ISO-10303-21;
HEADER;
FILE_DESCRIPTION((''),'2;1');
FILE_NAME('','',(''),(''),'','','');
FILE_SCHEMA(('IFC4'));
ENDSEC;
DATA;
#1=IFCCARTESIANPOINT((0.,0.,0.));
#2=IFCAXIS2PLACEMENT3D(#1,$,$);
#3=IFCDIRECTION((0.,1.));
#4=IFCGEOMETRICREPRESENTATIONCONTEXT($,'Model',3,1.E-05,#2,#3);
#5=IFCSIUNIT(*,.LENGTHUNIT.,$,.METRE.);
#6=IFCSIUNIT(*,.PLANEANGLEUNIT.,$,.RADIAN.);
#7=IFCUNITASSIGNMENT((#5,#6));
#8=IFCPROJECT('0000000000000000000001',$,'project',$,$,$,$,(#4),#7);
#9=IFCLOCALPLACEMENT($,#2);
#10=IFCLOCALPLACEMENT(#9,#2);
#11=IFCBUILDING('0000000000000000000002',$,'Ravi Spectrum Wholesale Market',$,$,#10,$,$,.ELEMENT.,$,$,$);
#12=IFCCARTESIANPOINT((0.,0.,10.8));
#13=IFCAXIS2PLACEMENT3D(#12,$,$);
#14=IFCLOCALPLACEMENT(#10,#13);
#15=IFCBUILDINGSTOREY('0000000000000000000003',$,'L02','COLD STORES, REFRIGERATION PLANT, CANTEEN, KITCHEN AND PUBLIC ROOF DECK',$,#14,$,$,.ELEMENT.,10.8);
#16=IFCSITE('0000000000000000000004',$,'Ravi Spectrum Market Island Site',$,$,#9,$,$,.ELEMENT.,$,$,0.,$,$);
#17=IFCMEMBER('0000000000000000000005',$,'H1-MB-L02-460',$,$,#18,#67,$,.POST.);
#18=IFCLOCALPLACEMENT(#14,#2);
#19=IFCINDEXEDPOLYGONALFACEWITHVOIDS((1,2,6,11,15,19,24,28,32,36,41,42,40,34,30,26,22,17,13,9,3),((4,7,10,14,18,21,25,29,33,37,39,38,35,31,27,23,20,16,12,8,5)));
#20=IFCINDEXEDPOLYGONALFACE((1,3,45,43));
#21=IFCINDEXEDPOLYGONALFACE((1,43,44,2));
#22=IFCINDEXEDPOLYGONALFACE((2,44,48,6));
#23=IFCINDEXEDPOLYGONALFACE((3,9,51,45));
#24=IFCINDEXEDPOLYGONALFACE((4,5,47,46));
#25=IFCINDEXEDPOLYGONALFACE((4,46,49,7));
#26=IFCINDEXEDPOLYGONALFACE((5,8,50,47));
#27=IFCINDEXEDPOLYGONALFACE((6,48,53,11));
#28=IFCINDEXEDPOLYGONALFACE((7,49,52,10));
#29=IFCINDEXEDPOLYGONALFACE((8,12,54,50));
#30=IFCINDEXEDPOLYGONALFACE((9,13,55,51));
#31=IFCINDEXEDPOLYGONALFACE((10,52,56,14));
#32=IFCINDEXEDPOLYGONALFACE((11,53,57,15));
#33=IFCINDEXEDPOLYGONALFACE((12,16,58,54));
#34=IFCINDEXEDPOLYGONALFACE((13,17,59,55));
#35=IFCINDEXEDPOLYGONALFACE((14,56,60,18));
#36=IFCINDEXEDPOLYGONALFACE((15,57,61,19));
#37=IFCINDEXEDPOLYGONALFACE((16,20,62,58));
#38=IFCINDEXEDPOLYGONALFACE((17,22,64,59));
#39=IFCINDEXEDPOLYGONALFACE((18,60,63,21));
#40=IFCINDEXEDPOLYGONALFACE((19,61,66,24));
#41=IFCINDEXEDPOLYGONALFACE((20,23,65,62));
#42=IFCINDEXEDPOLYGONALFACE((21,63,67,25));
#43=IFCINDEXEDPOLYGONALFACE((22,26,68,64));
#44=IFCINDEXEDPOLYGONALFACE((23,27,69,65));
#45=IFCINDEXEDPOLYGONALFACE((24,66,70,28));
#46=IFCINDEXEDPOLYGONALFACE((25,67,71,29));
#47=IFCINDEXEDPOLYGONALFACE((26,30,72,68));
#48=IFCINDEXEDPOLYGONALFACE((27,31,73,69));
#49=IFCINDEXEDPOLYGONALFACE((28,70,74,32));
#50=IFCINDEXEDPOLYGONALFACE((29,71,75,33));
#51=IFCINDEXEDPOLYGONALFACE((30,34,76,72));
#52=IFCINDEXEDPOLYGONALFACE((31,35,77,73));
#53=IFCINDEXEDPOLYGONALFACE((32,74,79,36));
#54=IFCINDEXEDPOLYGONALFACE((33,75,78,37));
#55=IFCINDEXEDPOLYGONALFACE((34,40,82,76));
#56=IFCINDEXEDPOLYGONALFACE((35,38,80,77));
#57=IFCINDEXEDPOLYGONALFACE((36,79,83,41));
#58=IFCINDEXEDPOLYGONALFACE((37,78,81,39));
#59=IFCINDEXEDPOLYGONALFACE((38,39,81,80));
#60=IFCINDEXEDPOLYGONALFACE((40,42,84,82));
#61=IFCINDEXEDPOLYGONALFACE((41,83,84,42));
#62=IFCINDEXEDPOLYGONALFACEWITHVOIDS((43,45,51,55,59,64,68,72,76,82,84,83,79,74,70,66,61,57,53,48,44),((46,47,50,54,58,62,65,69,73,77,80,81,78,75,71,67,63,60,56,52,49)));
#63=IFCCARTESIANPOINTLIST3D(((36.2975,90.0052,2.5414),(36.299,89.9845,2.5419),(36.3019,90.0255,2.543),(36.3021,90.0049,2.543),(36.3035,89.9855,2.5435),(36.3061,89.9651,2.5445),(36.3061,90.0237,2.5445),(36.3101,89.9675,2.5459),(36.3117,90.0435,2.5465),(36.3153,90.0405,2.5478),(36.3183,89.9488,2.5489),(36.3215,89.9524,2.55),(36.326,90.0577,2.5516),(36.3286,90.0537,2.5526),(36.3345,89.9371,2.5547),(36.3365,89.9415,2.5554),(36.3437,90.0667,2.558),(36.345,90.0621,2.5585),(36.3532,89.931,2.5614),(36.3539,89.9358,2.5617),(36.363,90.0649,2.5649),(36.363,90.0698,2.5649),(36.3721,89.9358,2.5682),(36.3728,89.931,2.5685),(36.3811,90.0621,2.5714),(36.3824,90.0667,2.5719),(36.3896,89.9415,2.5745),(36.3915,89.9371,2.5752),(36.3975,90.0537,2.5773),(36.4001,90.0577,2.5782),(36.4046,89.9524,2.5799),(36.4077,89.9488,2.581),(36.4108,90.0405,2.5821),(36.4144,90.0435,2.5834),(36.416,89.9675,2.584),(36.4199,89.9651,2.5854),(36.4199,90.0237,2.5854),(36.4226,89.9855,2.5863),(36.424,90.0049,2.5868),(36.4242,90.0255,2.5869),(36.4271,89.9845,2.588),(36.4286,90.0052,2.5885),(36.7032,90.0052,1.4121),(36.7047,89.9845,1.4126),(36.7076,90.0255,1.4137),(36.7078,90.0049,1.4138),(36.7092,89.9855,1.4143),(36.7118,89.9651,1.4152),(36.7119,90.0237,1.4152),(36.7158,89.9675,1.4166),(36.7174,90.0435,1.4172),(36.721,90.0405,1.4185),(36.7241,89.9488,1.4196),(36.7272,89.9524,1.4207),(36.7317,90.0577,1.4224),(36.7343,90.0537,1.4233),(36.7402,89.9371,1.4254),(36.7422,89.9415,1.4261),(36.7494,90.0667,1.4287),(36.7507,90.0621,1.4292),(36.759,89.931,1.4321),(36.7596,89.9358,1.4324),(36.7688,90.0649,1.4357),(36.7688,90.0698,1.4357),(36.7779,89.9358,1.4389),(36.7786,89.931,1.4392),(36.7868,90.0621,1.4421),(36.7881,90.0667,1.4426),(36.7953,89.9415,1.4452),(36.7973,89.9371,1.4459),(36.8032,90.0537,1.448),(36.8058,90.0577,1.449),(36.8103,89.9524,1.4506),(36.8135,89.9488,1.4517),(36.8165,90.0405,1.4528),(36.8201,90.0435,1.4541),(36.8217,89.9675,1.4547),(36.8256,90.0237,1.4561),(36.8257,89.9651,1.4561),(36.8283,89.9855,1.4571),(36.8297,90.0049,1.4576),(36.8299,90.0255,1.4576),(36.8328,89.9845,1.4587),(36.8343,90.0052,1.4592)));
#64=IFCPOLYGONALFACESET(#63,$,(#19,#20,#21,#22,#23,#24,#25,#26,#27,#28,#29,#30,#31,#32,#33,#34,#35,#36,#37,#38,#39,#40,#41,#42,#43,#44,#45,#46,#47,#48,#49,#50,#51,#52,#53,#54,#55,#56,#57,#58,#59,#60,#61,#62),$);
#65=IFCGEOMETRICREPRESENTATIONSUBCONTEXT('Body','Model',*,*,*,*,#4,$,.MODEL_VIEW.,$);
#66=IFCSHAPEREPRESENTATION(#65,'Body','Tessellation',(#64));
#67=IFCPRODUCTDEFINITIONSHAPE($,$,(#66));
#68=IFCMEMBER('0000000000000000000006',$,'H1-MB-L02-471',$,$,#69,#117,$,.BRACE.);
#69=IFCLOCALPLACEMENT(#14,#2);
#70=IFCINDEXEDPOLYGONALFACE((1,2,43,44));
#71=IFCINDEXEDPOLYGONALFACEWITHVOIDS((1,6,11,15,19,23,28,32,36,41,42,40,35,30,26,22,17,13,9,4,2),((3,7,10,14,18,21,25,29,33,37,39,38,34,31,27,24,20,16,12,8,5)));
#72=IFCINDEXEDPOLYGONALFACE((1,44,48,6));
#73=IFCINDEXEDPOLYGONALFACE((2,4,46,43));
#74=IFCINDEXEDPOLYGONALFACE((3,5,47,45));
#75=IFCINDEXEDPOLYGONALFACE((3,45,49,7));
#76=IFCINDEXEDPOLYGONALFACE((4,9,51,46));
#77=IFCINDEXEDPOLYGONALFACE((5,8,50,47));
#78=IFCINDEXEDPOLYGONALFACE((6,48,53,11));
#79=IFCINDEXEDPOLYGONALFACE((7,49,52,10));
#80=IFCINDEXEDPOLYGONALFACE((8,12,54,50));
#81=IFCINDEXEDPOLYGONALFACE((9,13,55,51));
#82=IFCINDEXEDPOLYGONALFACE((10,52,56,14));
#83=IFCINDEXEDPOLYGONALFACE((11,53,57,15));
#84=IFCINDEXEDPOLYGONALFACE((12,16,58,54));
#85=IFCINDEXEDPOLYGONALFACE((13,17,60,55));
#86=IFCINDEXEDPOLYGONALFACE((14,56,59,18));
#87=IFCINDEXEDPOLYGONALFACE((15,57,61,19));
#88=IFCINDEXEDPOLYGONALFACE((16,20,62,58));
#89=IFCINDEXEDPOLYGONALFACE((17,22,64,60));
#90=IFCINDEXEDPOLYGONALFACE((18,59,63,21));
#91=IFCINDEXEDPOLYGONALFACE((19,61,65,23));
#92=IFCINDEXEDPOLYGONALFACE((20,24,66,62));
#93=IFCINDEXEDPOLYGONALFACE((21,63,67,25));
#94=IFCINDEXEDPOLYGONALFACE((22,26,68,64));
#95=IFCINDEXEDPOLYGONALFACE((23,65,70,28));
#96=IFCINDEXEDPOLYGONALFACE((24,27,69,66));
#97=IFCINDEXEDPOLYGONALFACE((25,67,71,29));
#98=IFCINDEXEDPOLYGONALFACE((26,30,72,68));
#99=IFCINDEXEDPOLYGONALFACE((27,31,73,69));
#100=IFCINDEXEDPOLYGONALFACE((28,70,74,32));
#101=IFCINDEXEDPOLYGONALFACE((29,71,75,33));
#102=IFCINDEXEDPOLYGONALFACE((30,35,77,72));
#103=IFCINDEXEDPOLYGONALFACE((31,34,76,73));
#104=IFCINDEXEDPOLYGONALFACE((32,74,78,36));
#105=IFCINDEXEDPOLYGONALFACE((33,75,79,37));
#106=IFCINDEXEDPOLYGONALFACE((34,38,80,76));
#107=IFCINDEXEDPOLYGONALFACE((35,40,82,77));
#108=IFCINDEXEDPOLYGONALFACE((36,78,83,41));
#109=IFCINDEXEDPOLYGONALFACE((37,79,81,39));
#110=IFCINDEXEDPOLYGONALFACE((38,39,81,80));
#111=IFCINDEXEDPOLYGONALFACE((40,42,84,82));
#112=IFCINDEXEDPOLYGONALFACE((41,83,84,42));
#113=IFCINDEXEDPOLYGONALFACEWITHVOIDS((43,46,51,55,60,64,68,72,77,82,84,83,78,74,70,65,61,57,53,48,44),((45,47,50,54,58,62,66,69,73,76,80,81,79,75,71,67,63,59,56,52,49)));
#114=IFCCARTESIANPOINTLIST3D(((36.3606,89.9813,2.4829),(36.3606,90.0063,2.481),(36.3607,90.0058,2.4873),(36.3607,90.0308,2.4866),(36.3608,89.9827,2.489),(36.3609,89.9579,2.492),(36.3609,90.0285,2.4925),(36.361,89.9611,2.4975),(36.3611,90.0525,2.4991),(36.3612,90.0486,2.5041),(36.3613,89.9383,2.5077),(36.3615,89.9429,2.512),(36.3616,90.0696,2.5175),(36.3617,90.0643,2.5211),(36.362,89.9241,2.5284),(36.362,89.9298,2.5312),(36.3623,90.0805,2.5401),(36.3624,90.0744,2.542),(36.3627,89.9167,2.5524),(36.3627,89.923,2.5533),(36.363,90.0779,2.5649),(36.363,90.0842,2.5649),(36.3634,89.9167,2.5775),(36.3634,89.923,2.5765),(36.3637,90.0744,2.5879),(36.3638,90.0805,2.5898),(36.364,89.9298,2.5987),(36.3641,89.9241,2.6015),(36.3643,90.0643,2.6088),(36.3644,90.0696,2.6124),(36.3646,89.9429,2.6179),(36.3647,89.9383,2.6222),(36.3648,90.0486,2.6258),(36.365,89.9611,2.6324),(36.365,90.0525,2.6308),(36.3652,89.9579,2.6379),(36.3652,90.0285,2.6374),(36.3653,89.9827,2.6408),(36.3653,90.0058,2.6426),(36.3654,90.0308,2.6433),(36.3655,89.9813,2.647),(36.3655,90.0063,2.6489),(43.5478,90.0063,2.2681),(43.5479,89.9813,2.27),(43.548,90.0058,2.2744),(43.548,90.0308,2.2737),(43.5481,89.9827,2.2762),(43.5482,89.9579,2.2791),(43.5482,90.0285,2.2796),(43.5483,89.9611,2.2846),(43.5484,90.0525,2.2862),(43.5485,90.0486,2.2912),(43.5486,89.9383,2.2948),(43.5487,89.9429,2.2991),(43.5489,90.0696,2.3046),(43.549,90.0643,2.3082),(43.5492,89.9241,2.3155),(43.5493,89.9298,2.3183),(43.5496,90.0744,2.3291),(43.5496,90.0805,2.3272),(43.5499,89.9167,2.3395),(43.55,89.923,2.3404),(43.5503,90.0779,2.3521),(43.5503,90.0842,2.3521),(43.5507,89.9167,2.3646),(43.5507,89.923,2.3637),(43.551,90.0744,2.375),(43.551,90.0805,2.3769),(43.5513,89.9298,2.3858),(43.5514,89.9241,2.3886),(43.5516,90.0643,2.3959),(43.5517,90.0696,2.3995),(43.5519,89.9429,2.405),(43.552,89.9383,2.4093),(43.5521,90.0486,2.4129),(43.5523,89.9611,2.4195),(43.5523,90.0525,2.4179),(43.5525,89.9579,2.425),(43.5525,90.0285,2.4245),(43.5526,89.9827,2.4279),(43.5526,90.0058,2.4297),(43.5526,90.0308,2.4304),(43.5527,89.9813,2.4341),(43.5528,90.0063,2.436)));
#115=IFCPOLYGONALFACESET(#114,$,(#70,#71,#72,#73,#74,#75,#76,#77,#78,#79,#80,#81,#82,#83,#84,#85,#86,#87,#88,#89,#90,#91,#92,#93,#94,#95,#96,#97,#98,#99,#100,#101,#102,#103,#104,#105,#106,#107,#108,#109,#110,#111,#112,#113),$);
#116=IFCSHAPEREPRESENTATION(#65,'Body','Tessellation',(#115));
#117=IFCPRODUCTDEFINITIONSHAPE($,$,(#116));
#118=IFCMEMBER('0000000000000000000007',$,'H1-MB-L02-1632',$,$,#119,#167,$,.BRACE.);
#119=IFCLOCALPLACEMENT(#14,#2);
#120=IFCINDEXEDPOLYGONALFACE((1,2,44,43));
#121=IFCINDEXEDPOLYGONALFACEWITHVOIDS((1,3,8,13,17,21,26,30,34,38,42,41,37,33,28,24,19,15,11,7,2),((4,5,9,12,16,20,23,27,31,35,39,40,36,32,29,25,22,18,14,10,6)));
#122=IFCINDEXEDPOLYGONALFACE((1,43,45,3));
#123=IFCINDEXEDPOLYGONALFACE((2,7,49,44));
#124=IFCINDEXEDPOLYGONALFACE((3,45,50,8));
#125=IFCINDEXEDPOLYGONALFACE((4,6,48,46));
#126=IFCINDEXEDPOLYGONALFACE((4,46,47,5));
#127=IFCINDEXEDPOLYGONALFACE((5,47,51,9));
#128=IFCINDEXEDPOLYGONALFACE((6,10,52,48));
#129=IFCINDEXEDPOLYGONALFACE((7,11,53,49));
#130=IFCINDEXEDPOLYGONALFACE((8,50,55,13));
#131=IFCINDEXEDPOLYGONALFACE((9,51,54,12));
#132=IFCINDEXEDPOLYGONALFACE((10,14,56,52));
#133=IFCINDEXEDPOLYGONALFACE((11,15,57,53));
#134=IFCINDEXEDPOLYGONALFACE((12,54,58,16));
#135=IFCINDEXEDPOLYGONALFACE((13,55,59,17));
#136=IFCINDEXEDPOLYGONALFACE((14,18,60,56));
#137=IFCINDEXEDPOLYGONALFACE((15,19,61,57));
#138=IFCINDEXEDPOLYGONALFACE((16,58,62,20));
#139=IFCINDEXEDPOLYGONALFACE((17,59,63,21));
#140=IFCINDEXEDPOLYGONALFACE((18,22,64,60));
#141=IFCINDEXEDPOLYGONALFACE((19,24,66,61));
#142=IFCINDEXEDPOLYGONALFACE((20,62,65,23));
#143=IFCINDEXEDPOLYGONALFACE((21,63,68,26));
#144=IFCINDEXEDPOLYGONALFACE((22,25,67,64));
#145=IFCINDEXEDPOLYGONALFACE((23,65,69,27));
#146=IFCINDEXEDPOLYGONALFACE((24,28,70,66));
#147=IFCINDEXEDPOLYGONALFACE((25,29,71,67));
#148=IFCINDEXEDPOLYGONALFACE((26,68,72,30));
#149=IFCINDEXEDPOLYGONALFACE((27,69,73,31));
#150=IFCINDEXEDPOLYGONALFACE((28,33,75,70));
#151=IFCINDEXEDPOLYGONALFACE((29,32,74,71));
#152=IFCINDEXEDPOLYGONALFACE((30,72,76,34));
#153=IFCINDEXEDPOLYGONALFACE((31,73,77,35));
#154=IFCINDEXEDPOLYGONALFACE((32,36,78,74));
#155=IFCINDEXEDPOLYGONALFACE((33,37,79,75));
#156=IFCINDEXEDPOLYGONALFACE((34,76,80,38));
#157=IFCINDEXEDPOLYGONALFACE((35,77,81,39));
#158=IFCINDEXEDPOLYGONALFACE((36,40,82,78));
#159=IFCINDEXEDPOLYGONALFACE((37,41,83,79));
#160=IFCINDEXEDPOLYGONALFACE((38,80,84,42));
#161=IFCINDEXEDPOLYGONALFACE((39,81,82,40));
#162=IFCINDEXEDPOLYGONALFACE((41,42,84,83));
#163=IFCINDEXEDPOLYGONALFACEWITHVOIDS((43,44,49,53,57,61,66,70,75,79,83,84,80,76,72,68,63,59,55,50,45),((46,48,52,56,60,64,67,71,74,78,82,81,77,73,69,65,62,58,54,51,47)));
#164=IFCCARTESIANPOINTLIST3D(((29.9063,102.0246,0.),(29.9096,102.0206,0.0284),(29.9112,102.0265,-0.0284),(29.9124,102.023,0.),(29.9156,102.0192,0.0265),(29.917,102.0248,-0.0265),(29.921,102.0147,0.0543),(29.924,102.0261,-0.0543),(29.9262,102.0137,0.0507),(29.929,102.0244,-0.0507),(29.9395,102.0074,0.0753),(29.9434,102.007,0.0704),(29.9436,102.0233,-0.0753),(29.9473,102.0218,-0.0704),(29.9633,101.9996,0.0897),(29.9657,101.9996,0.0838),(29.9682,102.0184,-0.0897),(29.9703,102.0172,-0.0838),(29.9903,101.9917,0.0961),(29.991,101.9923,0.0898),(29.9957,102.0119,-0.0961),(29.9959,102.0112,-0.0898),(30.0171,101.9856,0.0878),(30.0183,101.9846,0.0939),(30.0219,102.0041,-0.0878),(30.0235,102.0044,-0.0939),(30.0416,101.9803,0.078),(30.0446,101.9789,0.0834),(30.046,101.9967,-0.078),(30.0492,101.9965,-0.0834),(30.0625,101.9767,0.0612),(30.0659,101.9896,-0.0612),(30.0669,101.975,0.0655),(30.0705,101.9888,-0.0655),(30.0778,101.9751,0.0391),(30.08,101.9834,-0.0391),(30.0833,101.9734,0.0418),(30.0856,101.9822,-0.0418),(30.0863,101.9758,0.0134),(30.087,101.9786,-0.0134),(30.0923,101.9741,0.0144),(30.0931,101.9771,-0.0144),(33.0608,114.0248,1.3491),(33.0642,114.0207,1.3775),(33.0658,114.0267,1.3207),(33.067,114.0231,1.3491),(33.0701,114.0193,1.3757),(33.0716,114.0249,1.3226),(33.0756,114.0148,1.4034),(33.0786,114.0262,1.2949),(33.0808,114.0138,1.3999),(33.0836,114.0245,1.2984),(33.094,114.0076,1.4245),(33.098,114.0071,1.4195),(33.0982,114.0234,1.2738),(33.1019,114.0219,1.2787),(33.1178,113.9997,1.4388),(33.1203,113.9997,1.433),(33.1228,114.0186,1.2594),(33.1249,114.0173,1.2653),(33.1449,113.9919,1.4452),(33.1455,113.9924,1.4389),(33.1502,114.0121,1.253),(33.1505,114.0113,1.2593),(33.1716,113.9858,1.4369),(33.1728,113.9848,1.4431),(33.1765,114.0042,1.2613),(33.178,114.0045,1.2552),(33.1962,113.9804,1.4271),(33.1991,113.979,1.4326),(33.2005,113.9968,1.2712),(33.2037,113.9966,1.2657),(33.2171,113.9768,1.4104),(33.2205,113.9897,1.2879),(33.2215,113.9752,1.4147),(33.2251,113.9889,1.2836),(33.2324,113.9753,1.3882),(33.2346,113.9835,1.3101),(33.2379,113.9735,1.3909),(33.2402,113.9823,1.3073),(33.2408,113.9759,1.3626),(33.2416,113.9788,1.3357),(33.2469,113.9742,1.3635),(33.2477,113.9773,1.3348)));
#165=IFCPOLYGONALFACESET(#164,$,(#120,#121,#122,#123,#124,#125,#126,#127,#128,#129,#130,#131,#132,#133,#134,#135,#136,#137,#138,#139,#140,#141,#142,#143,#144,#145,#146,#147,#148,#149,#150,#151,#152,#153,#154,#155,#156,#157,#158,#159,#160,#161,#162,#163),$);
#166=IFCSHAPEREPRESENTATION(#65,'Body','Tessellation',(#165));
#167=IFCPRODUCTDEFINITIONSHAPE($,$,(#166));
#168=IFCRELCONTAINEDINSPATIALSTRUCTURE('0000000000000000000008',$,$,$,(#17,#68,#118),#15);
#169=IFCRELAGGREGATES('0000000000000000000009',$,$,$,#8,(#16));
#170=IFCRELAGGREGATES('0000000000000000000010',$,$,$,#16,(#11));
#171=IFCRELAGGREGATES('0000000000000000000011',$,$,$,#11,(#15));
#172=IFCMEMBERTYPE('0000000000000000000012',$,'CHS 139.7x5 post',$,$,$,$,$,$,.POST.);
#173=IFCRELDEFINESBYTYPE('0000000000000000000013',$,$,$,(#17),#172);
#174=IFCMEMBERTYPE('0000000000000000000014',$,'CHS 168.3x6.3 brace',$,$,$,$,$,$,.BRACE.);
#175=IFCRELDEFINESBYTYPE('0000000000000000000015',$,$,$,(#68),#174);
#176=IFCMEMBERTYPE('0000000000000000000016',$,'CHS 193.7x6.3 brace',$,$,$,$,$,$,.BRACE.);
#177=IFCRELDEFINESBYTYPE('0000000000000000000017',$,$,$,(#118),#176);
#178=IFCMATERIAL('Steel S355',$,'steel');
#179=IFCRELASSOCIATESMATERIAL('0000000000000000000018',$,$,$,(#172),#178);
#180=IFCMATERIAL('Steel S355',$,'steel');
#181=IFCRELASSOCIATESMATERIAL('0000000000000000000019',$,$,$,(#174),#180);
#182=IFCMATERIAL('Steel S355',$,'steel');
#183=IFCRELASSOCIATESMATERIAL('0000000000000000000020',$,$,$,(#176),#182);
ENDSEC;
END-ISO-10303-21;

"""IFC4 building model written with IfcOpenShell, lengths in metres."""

from ifc_helpers import new_model, si_unit, direction, frame, origin, origin_2d, place, context, subcontext, project, spatial, hollow_circle, extrude, material, material_profile, profile_set, type_object, element, save


model = new_model("IFC4")

# Units and contexts
model_context = context("Model", 3, precision=1e-05, world=origin(), true_north=direction((0.0, 1.0)))
body_context = subcontext(model_context, "Body", "Model", "MODEL_VIEW")
ifc_project = project(units=[si_unit("LENGTHUNIT", "METRE"), si_unit("PLANEANGLEUNIT", "RADIAN")], contexts=[model_context])

# Site, building, storey
site_placement = place(None, origin())
site = spatial("IfcSite", under=ifc_project, at=site_placement, Name="Ravi Spectrum Market Island Site", CompositionType="ELEMENT", RefElevation=0.0)
building_placement = place(site_placement, origin())
building = spatial("IfcBuilding", under=site, at=building_placement, Name="Ravi Spectrum Wholesale Market", CompositionType="ELEMENT")
storey_placement = place(building_placement, frame((0.0, 0.0, 10.8)))
storey = spatial("IfcBuildingStorey", under=building, at=storey_placement, Name="L02", Description="COLD STORES, REFRIGERATION PLANT, CANTEEN, KITCHEN AND PUBLIC ROOF DECK", CompositionType="ELEMENT", Elevation=10.8)

# Members
ifc_material_1 = material(Name="Steel S355", Category="steel")
ifc_material_profile_1 = material_profile(ifc_material_1, hollow_circle(Radius=0.0698, WallThickness=0.0049, at=origin_2d()))
ifc_profile_set_1 = profile_set([ifc_material_profile_1], Name="Steel S355")
member_type_1 = type_object("IfcMemberType", Name="CHS 139.7x5 post", PredefinedType="POST", material=ifc_profile_set_1)
member_1_placement = place(storey_placement, frame((36.363, 90.0, 2.5649), z_axis=(0.338114, 0.0, -0.941105), x_axis=(0.0, 1.0, 0.0)))
element("IfcMember", 1, at=member_1_placement, inside=storey, type_object=member_type_1, Name="H1-MB-L02-460", PredefinedType="POST", context=body_context, shape_type="SweptSolid", body=[
    extrude(hollow_circle(Radius=0.0698, WallThickness=0.0049, at=origin_2d()), origin(), (0.0, 0.0, 1.0), 1.2),
])
ifc_material_2 = material(Name="Steel S355", Category="steel")
ifc_material_profile_2 = material_profile(ifc_material_2, hollow_circle(Radius=0.0842, WallThickness=0.0063, at=origin_2d()))
ifc_profile_set_2 = profile_set([ifc_material_profile_2], Name="Steel S355")
member_type_2 = type_object("IfcMemberType", Name="CHS 168.3x6.3 brace", PredefinedType="BRACE", material=ifc_profile_set_2)
member_2_placement = place(storey_placement, frame((36.363, 90.0, 2.5649), z_axis=(0.999562, 0.0, -0.029608), x_axis=(0.0, 1.0, 0.0)))
element("IfcMember", 2, at=member_2_placement, inside=storey, type_object=member_type_2, Name="H1-MB-L02-471", PredefinedType="BRACE", context=body_context, shape_type="SweptSolid", body=[
    extrude(hollow_circle(Radius=0.0842, WallThickness=0.0063, at=origin_2d()), origin(), (0.0, 0.0, 1.0), 7.1904),
])
ifc_material_3 = material(Name="Steel S355", Category="steel")
ifc_material_profile_3 = material_profile(ifc_material_3, hollow_circle(Radius=0.0969, WallThickness=0.0063, at=origin_2d()))
ifc_profile_set_3 = profile_set([ifc_material_profile_3], Name="Steel S355")
member_type_3 = type_object("IfcMemberType", Name="CHS 193.7x6.3 brace", PredefinedType="BRACE", material=ifc_profile_set_3)
member_3_placement = place(storey_placement, frame((30.0, 102.0, 0.0), z_axis=(0.252751, 0.961474, 0.108095), x_axis=(-0.967141, 0.254241, 0.0)))
element("IfcMember", 3, at=member_3_placement, inside=storey, type_object=member_type_3, Name="H1-MB-L02-1632", PredefinedType="BRACE", context=body_context, shape_type="SweptSolid", body=[
    extrude(hollow_circle(Radius=0.0969, WallThickness=0.0063, at=origin_2d()), origin(), (0.0, 0.0, 1.0), 12.481),
])

save(model, "model.ifc")
